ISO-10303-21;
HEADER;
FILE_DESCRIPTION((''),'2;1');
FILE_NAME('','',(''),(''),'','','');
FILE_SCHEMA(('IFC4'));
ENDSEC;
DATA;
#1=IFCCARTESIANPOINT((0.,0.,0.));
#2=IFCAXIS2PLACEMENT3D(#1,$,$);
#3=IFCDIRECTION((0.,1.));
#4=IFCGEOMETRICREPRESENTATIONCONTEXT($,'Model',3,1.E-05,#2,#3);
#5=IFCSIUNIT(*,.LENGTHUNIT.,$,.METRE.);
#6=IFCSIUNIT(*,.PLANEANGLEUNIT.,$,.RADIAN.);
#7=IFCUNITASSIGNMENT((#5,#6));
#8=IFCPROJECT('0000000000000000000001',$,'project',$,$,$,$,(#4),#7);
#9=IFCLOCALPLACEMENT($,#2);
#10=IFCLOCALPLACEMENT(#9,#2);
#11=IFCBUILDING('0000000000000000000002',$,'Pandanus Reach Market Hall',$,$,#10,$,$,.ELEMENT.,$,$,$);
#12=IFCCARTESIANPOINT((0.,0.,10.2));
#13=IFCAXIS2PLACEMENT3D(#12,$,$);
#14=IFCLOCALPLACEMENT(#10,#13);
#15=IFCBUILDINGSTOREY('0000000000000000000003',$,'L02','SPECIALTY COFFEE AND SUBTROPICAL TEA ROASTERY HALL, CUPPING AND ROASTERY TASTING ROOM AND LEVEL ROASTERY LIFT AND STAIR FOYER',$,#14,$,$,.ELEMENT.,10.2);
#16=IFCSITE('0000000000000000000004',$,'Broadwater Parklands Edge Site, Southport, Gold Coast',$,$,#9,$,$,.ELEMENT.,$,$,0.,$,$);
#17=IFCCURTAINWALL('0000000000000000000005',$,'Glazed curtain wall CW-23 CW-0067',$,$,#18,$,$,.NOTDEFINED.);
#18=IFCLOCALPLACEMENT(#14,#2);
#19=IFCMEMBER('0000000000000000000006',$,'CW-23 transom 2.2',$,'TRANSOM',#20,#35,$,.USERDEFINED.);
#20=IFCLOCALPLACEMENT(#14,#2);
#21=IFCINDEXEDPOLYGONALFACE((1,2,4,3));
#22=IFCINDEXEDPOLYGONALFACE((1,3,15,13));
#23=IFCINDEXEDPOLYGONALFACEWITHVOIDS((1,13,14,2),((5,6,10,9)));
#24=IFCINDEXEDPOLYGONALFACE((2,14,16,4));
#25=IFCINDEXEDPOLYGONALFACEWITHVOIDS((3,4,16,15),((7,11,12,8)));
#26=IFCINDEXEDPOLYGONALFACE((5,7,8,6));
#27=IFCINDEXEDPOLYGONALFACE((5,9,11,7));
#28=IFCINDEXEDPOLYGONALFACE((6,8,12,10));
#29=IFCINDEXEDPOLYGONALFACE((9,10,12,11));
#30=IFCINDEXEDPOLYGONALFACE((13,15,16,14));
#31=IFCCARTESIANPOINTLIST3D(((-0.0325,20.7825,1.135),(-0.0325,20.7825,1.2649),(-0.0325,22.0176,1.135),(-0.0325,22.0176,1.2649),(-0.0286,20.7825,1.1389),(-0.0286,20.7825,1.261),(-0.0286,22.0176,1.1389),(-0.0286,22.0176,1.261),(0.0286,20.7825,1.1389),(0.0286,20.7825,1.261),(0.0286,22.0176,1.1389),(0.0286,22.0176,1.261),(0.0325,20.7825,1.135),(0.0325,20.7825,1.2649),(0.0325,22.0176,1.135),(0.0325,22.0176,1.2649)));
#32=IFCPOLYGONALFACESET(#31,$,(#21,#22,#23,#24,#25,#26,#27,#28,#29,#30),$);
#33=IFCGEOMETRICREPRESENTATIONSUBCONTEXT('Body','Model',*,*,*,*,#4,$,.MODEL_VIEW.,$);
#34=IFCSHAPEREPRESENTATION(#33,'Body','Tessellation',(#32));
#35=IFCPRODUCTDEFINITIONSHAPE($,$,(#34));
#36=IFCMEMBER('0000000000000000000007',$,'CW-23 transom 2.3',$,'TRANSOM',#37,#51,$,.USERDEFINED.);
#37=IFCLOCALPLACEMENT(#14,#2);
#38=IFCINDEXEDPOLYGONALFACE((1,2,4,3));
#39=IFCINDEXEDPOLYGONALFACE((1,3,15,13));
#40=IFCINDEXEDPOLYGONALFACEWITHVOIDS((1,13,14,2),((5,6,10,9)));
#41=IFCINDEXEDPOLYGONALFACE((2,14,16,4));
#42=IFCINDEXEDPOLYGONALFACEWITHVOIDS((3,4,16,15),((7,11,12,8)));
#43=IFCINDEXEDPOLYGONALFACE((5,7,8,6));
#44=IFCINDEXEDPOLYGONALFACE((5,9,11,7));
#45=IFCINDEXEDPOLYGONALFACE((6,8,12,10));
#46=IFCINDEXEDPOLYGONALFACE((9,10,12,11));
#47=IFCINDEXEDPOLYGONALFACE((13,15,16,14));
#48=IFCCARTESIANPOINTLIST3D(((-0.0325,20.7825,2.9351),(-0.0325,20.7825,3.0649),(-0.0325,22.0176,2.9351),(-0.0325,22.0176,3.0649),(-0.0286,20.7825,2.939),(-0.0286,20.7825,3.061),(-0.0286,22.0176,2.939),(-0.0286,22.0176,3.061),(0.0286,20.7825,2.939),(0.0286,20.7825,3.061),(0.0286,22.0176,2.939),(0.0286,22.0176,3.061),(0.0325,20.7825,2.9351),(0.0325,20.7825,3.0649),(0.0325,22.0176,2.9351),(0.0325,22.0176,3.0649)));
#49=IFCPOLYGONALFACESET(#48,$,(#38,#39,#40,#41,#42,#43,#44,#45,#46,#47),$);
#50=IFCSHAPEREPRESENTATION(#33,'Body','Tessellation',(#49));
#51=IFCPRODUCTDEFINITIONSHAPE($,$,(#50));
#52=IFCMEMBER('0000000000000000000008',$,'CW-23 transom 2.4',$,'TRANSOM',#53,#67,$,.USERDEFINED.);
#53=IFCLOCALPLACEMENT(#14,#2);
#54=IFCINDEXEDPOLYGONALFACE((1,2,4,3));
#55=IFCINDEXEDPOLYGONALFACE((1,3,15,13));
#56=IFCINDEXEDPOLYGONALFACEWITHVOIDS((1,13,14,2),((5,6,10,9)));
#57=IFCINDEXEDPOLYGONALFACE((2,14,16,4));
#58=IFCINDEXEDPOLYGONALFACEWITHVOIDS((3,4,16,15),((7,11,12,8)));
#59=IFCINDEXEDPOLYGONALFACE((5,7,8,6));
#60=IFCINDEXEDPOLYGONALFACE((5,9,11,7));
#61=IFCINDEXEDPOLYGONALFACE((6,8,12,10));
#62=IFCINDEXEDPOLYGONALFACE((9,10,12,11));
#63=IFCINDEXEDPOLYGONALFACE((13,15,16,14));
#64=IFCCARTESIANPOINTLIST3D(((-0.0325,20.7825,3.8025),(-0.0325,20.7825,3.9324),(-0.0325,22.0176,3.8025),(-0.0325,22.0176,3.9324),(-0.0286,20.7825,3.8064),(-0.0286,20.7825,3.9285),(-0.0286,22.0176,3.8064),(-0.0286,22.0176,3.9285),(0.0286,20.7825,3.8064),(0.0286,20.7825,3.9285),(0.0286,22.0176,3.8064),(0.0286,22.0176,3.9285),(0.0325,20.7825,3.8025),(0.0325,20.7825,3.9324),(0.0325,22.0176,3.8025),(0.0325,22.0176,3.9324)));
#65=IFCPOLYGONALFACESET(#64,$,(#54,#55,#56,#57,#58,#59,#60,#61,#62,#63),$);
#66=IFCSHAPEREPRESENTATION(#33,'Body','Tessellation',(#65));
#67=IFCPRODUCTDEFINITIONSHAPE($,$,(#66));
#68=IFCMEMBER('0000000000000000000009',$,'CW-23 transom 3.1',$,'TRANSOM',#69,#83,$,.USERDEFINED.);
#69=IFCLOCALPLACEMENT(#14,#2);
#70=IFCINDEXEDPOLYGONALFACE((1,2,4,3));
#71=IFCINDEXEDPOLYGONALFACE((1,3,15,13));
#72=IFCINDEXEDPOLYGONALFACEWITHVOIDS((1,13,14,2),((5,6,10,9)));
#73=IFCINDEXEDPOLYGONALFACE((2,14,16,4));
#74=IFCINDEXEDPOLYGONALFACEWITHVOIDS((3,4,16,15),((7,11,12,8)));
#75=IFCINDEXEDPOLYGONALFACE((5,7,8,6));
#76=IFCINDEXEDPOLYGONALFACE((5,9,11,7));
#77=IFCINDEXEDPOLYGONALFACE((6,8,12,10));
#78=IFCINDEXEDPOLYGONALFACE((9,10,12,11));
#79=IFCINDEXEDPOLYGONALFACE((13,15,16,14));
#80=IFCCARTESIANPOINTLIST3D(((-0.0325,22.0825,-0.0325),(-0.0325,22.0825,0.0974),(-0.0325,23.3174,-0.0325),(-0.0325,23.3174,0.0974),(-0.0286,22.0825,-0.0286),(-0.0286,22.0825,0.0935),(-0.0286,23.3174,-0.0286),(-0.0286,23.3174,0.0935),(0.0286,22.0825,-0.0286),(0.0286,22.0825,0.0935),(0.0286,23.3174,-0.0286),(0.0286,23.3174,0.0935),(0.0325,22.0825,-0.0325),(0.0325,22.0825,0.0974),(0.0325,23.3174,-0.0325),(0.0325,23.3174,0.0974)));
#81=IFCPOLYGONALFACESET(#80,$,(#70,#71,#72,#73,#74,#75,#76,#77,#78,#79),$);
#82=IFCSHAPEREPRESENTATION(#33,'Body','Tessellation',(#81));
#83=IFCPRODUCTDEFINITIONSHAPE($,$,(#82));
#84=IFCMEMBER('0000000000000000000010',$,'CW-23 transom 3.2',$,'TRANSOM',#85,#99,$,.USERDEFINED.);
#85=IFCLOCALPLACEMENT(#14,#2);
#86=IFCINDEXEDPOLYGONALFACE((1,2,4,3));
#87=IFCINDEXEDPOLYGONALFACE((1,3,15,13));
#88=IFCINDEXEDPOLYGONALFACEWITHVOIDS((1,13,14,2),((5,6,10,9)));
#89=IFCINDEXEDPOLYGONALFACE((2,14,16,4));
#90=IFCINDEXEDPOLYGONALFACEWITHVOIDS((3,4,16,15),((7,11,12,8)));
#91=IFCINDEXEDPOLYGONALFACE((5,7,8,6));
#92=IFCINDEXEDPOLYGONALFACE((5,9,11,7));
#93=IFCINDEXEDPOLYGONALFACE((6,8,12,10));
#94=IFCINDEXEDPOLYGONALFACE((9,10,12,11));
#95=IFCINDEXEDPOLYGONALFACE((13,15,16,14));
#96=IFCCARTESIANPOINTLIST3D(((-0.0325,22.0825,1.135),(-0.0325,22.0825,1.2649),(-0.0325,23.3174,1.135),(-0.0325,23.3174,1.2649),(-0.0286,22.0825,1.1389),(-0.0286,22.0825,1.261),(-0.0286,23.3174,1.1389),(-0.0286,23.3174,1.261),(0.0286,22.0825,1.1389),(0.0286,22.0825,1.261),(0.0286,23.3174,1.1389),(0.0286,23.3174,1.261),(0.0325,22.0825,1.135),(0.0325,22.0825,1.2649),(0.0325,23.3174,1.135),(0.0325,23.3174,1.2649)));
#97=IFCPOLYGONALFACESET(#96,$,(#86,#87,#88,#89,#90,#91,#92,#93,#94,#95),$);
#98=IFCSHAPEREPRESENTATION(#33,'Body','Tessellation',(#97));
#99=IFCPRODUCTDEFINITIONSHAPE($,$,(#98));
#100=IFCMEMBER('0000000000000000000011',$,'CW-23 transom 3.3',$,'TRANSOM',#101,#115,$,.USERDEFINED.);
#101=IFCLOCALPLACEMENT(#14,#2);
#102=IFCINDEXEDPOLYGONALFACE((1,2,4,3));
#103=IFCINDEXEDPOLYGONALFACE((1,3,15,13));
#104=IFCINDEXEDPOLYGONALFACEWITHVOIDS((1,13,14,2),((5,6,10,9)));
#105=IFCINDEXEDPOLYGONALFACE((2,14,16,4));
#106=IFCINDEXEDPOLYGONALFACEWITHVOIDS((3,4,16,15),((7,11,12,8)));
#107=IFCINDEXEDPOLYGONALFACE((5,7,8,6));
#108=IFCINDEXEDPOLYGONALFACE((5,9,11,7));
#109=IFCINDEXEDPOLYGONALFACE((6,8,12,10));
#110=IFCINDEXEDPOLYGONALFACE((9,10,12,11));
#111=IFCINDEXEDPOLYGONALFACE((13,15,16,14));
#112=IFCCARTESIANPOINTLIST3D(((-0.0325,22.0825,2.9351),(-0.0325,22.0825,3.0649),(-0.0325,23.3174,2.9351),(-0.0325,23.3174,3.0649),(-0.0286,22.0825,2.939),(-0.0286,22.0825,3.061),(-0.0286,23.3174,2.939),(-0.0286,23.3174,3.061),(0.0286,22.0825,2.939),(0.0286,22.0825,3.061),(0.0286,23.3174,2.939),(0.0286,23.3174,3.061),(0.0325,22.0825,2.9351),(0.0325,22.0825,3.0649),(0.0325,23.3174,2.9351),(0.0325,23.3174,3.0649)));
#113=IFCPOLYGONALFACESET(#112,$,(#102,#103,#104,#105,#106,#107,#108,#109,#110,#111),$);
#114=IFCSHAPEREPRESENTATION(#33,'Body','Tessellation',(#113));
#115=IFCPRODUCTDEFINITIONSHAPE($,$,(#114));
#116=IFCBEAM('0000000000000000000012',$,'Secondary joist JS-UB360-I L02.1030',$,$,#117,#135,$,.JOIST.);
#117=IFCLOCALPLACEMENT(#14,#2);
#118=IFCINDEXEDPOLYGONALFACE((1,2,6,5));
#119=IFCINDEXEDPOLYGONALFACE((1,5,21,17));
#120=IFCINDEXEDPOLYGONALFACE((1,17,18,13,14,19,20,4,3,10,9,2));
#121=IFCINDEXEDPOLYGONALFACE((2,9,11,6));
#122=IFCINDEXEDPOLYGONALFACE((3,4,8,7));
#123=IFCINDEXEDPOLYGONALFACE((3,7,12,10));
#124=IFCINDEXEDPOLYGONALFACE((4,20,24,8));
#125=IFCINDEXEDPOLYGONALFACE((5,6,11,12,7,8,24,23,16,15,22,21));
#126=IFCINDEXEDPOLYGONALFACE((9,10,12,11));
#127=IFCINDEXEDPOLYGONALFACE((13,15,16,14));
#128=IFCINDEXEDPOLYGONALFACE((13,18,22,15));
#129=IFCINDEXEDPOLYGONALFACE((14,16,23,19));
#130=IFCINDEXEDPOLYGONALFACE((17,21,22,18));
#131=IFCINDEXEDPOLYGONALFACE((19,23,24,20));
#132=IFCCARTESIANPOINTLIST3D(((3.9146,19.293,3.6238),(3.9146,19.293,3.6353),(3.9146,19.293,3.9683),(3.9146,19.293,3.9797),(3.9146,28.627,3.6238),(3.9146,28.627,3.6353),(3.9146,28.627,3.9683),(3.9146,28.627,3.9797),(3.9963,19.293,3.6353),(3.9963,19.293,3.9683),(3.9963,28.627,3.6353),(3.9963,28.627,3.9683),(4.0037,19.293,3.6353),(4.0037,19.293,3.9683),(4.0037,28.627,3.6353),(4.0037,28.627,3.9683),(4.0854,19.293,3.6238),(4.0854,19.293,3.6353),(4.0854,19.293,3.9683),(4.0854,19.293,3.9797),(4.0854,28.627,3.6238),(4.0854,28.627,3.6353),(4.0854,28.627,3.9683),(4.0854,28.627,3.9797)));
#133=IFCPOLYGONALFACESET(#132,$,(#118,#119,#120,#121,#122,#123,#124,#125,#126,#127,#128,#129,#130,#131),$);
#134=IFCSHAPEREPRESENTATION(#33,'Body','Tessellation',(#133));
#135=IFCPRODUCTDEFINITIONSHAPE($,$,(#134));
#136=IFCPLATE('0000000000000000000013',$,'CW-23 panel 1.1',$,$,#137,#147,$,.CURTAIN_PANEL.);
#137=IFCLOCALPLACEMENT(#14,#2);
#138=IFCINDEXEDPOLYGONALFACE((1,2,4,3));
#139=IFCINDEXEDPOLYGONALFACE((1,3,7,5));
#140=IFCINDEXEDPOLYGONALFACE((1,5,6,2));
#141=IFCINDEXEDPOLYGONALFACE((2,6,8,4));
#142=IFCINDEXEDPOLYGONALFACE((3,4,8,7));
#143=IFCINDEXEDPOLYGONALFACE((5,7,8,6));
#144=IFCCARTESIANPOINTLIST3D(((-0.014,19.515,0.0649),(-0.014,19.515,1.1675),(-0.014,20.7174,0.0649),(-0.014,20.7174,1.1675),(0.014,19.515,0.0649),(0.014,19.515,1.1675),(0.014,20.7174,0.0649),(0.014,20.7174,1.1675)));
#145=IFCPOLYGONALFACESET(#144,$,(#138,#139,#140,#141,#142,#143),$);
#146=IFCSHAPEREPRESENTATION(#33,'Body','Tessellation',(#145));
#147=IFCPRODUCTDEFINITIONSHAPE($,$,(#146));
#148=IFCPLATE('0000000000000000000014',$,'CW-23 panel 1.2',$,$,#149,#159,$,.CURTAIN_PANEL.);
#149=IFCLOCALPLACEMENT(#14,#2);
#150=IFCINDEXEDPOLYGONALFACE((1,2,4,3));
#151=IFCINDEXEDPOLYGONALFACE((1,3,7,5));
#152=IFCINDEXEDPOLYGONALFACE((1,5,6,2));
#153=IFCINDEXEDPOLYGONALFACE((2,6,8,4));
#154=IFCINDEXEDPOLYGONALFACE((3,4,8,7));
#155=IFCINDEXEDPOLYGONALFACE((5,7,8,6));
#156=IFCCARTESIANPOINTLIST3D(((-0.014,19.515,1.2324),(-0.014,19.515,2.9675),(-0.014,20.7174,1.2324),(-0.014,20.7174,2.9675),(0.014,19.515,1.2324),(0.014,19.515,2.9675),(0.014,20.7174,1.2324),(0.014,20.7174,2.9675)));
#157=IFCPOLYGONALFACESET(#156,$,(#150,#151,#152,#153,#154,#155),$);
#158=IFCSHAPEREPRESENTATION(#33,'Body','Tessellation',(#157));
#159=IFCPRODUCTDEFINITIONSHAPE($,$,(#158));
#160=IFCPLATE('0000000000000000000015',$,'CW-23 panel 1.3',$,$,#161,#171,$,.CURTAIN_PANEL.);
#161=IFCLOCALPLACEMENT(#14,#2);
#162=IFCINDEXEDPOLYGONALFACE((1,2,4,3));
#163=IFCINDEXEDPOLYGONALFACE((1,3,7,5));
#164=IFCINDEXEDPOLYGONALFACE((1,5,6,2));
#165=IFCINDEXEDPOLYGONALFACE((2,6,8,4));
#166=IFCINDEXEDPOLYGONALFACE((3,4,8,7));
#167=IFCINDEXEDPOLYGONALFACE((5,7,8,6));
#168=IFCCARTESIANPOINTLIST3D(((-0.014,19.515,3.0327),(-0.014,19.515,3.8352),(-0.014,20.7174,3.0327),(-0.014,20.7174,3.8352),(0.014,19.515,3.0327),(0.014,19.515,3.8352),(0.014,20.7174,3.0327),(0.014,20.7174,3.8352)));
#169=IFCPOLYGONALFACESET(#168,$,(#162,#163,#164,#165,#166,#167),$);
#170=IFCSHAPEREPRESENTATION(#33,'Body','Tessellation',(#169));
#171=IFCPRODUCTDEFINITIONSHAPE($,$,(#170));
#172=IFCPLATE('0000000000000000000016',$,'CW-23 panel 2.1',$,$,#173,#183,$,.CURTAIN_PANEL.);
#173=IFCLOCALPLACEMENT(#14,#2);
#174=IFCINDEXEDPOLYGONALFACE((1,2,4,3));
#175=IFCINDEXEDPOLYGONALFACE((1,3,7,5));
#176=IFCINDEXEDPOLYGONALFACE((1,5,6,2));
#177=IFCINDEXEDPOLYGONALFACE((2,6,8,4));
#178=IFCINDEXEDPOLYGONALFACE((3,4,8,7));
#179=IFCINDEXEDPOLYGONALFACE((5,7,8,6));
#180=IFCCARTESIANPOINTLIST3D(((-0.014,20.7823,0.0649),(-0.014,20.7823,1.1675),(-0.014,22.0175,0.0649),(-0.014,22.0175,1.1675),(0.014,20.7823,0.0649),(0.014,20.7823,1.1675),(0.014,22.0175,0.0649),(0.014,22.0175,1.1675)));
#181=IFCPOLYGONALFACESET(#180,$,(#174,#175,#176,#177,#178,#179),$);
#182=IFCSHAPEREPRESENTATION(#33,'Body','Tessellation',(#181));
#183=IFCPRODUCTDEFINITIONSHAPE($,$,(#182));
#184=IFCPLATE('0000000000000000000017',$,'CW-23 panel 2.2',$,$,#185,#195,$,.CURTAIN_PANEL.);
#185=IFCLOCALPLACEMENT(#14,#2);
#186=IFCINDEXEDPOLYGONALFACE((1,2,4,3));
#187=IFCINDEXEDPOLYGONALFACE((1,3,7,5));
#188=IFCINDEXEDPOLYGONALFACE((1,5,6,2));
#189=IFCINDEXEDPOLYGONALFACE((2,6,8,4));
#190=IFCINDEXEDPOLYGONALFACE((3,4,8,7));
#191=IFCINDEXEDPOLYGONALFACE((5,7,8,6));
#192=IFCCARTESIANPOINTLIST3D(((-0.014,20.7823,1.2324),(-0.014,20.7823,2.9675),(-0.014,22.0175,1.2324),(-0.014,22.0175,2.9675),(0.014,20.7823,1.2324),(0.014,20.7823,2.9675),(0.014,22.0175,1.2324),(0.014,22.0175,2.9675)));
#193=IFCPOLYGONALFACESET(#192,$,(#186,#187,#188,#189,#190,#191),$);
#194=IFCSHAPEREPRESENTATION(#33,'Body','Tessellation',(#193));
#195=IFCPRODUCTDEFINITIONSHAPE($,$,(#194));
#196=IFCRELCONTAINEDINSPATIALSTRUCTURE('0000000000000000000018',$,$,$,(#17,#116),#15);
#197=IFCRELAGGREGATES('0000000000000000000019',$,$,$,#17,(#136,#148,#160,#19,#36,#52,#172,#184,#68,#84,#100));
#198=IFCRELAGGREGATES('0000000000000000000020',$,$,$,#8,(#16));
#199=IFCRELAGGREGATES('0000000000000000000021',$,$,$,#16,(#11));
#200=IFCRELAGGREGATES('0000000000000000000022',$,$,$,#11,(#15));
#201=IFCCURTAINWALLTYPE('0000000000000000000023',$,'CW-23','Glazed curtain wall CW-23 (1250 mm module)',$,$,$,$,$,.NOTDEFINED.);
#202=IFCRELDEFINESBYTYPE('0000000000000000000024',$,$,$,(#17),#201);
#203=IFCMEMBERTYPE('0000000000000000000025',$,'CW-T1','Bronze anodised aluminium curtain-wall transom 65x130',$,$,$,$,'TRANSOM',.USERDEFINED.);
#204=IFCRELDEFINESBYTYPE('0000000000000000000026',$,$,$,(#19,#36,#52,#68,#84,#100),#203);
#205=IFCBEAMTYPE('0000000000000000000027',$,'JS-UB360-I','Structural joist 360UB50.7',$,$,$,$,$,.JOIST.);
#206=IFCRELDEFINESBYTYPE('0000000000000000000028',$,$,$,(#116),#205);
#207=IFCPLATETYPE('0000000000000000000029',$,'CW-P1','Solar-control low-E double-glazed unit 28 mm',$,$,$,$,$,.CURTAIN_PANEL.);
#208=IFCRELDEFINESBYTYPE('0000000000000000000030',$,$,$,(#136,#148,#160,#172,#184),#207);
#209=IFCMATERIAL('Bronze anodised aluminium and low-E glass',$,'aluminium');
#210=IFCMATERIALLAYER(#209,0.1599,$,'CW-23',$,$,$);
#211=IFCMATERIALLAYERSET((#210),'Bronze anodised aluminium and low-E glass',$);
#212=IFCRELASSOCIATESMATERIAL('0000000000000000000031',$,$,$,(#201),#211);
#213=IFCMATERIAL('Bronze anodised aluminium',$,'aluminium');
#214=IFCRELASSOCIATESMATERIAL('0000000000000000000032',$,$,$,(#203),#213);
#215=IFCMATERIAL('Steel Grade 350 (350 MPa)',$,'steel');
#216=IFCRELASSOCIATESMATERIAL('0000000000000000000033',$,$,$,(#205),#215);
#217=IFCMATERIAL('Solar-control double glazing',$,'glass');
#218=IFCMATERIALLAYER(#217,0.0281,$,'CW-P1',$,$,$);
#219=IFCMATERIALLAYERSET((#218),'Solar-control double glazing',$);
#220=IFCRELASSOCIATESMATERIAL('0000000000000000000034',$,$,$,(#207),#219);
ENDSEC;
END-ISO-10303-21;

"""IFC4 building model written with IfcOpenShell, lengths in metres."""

from ifc_helpers import new_model, si_unit, direction, frame, origin, origin_2d, place, context, subcontext, project, spatial, rectangle, hollow_rectangle, i_section, extrude, material, layer, layer_set, material_profile, profile_set, type_object, element, aggregate, save


model = new_model("IFC4")

# Units and contexts
model_context = context("Model", 3, precision=1e-05, world=origin(), true_north=direction((0.0, 1.0)))
body_context = subcontext(model_context, "Body", "Model", "MODEL_VIEW")
ifc_project = project(units=[si_unit("LENGTHUNIT", "METRE"), si_unit("PLANEANGLEUNIT", "RADIAN")], contexts=[model_context])

# Site, building, storey
site_placement = place(None, origin())
site = spatial("IfcSite", under=ifc_project, at=site_placement, Name="Broadwater Parklands Edge Site, Southport, Gold Coast", CompositionType="ELEMENT", RefElevation=0.0)
building_placement = place(site_placement, origin())
building = spatial("IfcBuilding", under=site, at=building_placement, Name="Pandanus Reach Market Hall", CompositionType="ELEMENT")
storey_placement = place(building_placement, frame((0.0, 0.0, 10.2)))
storey = spatial("IfcBuildingStorey", under=building, at=storey_placement, Name="L02", Description="SPECIALTY COFFEE AND SUBTROPICAL TEA ROASTERY HALL, CUPPING AND ROASTERY TASTING ROOM AND LEVEL ROASTERY LIFT AND STAIR FOYER", CompositionType="ELEMENT", Elevation=10.2)

# Shared definitions
ifc_material_1 = material(Name="Steel Grade 350 (350 MPa)", Category="steel")

# Curtain wall, members
ifc_material_2 = material(Name="Bronze anodised aluminium and low-E glass", Category="aluminium")
ifc_layer_1 = layer(ifc_material_2, 0.1599, Name="CW-23")
ifc_layer_set_1 = layer_set([ifc_layer_1], Name="Bronze anodised aluminium and low-E glass")
curtain_wall_type = type_object("IfcCurtainWallType", Name="CW-23", Description="Glazed curtain wall CW-23 (1250 mm module)", PredefinedType="NOTDEFINED", material=ifc_layer_set_1)
curtain_wall_placement = place(storey_placement, origin())
curtain_wall = element("IfcCurtainWall", 1, at=curtain_wall_placement, inside=storey, type_object=curtain_wall_type, Name="Glazed curtain wall CW-23 CW-0067", PredefinedType="NOTDEFINED")
ifc_material_3 = material(Name="Bronze anodised aluminium", Category="aluminium")
ifc_material_profile_1 = material_profile(ifc_material_3, hollow_rectangle(XDim=0.0649, YDim=0.1299, WallThickness=0.0039, at=origin_2d()), Name="ALU65x130", Category="LoadBearing")
ifc_profile_set_1 = profile_set([ifc_material_profile_1], Name="Bronze anodised aluminium")
member_type_1 = type_object("IfcMemberType", Name="CW-T1", Description="Bronze anodised aluminium curtain-wall transom 65x130", ElementType="TRANSOM", PredefinedType="USERDEFINED", material=ifc_profile_set_1)
member_1_placement = place(storey_placement, frame((0.0, 20.7825, 1.2), z_axis=(0.0, 1.0, 0.0), x_axis=(-1.0, 0.0, 0.0)))
member_1 = element("IfcMember", 2, at=member_1_placement, type_object=member_type_1, Name="CW-23 transom 2.2", ObjectType="TRANSOM", PredefinedType="USERDEFINED", context=body_context, shape_type="SweptSolid", body=[
    extrude(hollow_rectangle(XDim=0.0649, YDim=0.1299, WallThickness=0.0039, at=origin_2d()), origin(), (0.0, 0.0, 1.0), 1.2351),
])
member_2_placement = place(storey_placement, frame((0.0, 20.7825, 3.0), z_axis=(0.0, 1.0, 0.0), x_axis=(-1.0, 0.0, 0.0)))
member_2 = element("IfcMember", 3, at=member_2_placement, type_object=member_type_1, Name="CW-23 transom 2.3", ObjectType="TRANSOM", PredefinedType="USERDEFINED", context=body_context, shape_type="SweptSolid", body=[
    extrude(hollow_rectangle(XDim=0.0649, YDim=0.1299, WallThickness=0.0039, at=origin_2d()), origin(), (0.0, 0.0, 1.0), 1.2351),
])
member_3_placement = place(storey_placement, frame((0.0, 20.7825, 3.8674), z_axis=(0.0, 1.0, 0.0), x_axis=(-1.0, 0.0, 0.0)))
member_3 = element("IfcMember", 4, at=member_3_placement, type_object=member_type_1, Name="CW-23 transom 2.4", ObjectType="TRANSOM", PredefinedType="USERDEFINED", context=body_context, shape_type="SweptSolid", body=[
    extrude(hollow_rectangle(XDim=0.0649, YDim=0.1299, WallThickness=0.0039, at=origin_2d()), origin(), (0.0, 0.0, 1.0), 1.2351),
])
member_4_placement = place(storey_placement, frame((0.0, 22.0825, 0.0325), z_axis=(0.0, 1.0, 0.0), x_axis=(-1.0, 0.0, 0.0)))
member_4 = element("IfcMember", 5, at=member_4_placement, type_object=member_type_1, Name="CW-23 transom 3.1", ObjectType="TRANSOM", PredefinedType="USERDEFINED", context=body_context, shape_type="SweptSolid", body=[
    extrude(hollow_rectangle(XDim=0.0649, YDim=0.1299, WallThickness=0.0039, at=origin_2d()), origin(), (0.0, 0.0, 1.0), 1.2349),
])
member_5_placement = place(storey_placement, frame((0.0, 22.0825, 1.2), z_axis=(0.0, 1.0, 0.0), x_axis=(-1.0, 0.0, 0.0)))
member_5 = element("IfcMember", 6, at=member_5_placement, type_object=member_type_1, Name="CW-23 transom 3.2", ObjectType="TRANSOM", PredefinedType="USERDEFINED", context=body_context, shape_type="SweptSolid", body=[
    extrude(hollow_rectangle(XDim=0.0649, YDim=0.1299, WallThickness=0.0039, at=origin_2d()), origin(), (0.0, 0.0, 1.0), 1.2349),
])
member_6_placement = place(storey_placement, frame((0.0, 22.0825, 3.0), z_axis=(0.0, 1.0, 0.0), x_axis=(-1.0, 0.0, 0.0)))
member_6 = element("IfcMember", 7, at=member_6_placement, type_object=member_type_1, Name="CW-23 transom 3.3", ObjectType="TRANSOM", PredefinedType="USERDEFINED", context=body_context, shape_type="SweptSolid", body=[
    extrude(hollow_rectangle(XDim=0.0649, YDim=0.1299, WallThickness=0.0039, at=origin_2d()), origin(), (0.0, 0.0, 1.0), 1.2349),
])

# Beam
ifc_material_profile_2 = material_profile(ifc_material_1, i_section(OverallWidth=0.1709, OverallDepth=0.356, WebThickness=0.0073, FlangeThickness=0.0115, at=origin_2d()), Name="360UB50.7", Category="LoadBearing")
ifc_profile_set_2 = profile_set([ifc_material_profile_2], Name="Steel Grade 350 (350 MPa)")
beam_type_1 = type_object("IfcBeamType", Name="JS-UB360-I", Description="Structural joist 360UB50.7", PredefinedType="JOIST", material=ifc_profile_set_2)
beam_1_placement = place(storey_placement, frame((4.0, 19.293, 3.8018), z_axis=(0.0, 1.0, 0.0), x_axis=(-1.0, 0.0, 0.0)))
element("IfcBeam", 8, at=beam_1_placement, inside=storey, type_object=beam_type_1, Name="Secondary joist JS-UB360-I L02.1030", PredefinedType="JOIST", context=body_context, shape_type="SweptSolid", body=[
    extrude(i_section(OverallWidth=0.1709, OverallDepth=0.356, WebThickness=0.0073, FlangeThickness=0.0115, at=origin_2d()), origin(), (0.0, 0.0, 1.0), 9.334),
])

# Plates
ifc_material_4 = material(Name="Solar-control double glazing", Category="glass")
ifc_layer_2 = layer(ifc_material_4, 0.0281, Name="CW-P1")
ifc_layer_set_2 = layer_set([ifc_layer_2], Name="Solar-control double glazing")
plate_type = type_object("IfcPlateType", Name="CW-P1", Description="Solar-control low-E double-glazed unit 28 mm", PredefinedType="CURTAIN_PANEL", material=ifc_layer_set_2)
plate_1_placement = place(storey_placement, frame((0.0, 20.1162, 0.0649), z_axis=(0.0, 0.0, 1.0), x_axis=(0.0, 1.0, 0.0)))
plate_1 = element("IfcPlate", 9, at=plate_1_placement, type_object=plate_type, Name="CW-23 panel 1.1", PredefinedType="CURTAIN_PANEL", context=body_context, shape_type="SweptSolid", body=[
    extrude(rectangle(XDim=1.2024, YDim=0.0281, at=origin_2d()), origin(), (0.0, 0.0, 1.0), 1.1025),
])
plate_2_placement = place(storey_placement, frame((0.0, 20.1162, 1.2324), z_axis=(0.0, 0.0, 1.0), x_axis=(0.0, 1.0, 0.0)))
plate_2 = element("IfcPlate", 10, at=plate_2_placement, type_object=plate_type, Name="CW-23 panel 1.2", PredefinedType="CURTAIN_PANEL", context=body_context, shape_type="SweptSolid", body=[
    extrude(rectangle(XDim=1.2024, YDim=0.0281, at=origin_2d()), origin(), (0.0, 0.0, 1.0), 1.7351),
])
plate_3_placement = place(storey_placement, frame((0.0, 20.1162, 3.0327), z_axis=(0.0, 0.0, 1.0), x_axis=(0.0, 1.0, 0.0)))
plate_3 = element("IfcPlate", 11, at=plate_3_placement, type_object=plate_type, Name="CW-23 panel 1.3", PredefinedType="CURTAIN_PANEL", context=body_context, shape_type="SweptSolid", body=[
    extrude(rectangle(XDim=1.2024, YDim=0.0281, at=origin_2d()), origin(), (0.0, 0.0, 1.0), 0.8025),
])
plate_4_placement = place(storey_placement, frame((0.0, 21.3999, 0.0649), z_axis=(0.0, 0.0, 1.0), x_axis=(0.0, 1.0, 0.0)))
plate_4 = element("IfcPlate", 12, at=plate_4_placement, type_object=plate_type, Name="CW-23 panel 2.1", PredefinedType="CURTAIN_PANEL", context=body_context, shape_type="SweptSolid", body=[
    extrude(rectangle(XDim=1.2351, YDim=0.0281, at=origin_2d()), origin(), (0.0, 0.0, 1.0), 1.1025),
])
plate_5_placement = place(storey_placement, frame((0.0, 21.3999, 1.2324), z_axis=(0.0, 0.0, 1.0), x_axis=(0.0, 1.0, 0.0)))
plate_5 = element("IfcPlate", 13, at=plate_5_placement, type_object=plate_type, Name="CW-23 panel 2.2", PredefinedType="CURTAIN_PANEL", context=body_context, shape_type="SweptSolid", body=[
    extrude(rectangle(XDim=1.2351, YDim=0.0281, at=origin_2d()), origin(), (0.0, 0.0, 1.0), 1.7351),
])
aggregate(curtain_wall, [plate_1, plate_2, plate_3, member_1, member_2, member_3, plate_4, plate_5, member_4, member_5, member_6])

save(model, "model.ifc")
